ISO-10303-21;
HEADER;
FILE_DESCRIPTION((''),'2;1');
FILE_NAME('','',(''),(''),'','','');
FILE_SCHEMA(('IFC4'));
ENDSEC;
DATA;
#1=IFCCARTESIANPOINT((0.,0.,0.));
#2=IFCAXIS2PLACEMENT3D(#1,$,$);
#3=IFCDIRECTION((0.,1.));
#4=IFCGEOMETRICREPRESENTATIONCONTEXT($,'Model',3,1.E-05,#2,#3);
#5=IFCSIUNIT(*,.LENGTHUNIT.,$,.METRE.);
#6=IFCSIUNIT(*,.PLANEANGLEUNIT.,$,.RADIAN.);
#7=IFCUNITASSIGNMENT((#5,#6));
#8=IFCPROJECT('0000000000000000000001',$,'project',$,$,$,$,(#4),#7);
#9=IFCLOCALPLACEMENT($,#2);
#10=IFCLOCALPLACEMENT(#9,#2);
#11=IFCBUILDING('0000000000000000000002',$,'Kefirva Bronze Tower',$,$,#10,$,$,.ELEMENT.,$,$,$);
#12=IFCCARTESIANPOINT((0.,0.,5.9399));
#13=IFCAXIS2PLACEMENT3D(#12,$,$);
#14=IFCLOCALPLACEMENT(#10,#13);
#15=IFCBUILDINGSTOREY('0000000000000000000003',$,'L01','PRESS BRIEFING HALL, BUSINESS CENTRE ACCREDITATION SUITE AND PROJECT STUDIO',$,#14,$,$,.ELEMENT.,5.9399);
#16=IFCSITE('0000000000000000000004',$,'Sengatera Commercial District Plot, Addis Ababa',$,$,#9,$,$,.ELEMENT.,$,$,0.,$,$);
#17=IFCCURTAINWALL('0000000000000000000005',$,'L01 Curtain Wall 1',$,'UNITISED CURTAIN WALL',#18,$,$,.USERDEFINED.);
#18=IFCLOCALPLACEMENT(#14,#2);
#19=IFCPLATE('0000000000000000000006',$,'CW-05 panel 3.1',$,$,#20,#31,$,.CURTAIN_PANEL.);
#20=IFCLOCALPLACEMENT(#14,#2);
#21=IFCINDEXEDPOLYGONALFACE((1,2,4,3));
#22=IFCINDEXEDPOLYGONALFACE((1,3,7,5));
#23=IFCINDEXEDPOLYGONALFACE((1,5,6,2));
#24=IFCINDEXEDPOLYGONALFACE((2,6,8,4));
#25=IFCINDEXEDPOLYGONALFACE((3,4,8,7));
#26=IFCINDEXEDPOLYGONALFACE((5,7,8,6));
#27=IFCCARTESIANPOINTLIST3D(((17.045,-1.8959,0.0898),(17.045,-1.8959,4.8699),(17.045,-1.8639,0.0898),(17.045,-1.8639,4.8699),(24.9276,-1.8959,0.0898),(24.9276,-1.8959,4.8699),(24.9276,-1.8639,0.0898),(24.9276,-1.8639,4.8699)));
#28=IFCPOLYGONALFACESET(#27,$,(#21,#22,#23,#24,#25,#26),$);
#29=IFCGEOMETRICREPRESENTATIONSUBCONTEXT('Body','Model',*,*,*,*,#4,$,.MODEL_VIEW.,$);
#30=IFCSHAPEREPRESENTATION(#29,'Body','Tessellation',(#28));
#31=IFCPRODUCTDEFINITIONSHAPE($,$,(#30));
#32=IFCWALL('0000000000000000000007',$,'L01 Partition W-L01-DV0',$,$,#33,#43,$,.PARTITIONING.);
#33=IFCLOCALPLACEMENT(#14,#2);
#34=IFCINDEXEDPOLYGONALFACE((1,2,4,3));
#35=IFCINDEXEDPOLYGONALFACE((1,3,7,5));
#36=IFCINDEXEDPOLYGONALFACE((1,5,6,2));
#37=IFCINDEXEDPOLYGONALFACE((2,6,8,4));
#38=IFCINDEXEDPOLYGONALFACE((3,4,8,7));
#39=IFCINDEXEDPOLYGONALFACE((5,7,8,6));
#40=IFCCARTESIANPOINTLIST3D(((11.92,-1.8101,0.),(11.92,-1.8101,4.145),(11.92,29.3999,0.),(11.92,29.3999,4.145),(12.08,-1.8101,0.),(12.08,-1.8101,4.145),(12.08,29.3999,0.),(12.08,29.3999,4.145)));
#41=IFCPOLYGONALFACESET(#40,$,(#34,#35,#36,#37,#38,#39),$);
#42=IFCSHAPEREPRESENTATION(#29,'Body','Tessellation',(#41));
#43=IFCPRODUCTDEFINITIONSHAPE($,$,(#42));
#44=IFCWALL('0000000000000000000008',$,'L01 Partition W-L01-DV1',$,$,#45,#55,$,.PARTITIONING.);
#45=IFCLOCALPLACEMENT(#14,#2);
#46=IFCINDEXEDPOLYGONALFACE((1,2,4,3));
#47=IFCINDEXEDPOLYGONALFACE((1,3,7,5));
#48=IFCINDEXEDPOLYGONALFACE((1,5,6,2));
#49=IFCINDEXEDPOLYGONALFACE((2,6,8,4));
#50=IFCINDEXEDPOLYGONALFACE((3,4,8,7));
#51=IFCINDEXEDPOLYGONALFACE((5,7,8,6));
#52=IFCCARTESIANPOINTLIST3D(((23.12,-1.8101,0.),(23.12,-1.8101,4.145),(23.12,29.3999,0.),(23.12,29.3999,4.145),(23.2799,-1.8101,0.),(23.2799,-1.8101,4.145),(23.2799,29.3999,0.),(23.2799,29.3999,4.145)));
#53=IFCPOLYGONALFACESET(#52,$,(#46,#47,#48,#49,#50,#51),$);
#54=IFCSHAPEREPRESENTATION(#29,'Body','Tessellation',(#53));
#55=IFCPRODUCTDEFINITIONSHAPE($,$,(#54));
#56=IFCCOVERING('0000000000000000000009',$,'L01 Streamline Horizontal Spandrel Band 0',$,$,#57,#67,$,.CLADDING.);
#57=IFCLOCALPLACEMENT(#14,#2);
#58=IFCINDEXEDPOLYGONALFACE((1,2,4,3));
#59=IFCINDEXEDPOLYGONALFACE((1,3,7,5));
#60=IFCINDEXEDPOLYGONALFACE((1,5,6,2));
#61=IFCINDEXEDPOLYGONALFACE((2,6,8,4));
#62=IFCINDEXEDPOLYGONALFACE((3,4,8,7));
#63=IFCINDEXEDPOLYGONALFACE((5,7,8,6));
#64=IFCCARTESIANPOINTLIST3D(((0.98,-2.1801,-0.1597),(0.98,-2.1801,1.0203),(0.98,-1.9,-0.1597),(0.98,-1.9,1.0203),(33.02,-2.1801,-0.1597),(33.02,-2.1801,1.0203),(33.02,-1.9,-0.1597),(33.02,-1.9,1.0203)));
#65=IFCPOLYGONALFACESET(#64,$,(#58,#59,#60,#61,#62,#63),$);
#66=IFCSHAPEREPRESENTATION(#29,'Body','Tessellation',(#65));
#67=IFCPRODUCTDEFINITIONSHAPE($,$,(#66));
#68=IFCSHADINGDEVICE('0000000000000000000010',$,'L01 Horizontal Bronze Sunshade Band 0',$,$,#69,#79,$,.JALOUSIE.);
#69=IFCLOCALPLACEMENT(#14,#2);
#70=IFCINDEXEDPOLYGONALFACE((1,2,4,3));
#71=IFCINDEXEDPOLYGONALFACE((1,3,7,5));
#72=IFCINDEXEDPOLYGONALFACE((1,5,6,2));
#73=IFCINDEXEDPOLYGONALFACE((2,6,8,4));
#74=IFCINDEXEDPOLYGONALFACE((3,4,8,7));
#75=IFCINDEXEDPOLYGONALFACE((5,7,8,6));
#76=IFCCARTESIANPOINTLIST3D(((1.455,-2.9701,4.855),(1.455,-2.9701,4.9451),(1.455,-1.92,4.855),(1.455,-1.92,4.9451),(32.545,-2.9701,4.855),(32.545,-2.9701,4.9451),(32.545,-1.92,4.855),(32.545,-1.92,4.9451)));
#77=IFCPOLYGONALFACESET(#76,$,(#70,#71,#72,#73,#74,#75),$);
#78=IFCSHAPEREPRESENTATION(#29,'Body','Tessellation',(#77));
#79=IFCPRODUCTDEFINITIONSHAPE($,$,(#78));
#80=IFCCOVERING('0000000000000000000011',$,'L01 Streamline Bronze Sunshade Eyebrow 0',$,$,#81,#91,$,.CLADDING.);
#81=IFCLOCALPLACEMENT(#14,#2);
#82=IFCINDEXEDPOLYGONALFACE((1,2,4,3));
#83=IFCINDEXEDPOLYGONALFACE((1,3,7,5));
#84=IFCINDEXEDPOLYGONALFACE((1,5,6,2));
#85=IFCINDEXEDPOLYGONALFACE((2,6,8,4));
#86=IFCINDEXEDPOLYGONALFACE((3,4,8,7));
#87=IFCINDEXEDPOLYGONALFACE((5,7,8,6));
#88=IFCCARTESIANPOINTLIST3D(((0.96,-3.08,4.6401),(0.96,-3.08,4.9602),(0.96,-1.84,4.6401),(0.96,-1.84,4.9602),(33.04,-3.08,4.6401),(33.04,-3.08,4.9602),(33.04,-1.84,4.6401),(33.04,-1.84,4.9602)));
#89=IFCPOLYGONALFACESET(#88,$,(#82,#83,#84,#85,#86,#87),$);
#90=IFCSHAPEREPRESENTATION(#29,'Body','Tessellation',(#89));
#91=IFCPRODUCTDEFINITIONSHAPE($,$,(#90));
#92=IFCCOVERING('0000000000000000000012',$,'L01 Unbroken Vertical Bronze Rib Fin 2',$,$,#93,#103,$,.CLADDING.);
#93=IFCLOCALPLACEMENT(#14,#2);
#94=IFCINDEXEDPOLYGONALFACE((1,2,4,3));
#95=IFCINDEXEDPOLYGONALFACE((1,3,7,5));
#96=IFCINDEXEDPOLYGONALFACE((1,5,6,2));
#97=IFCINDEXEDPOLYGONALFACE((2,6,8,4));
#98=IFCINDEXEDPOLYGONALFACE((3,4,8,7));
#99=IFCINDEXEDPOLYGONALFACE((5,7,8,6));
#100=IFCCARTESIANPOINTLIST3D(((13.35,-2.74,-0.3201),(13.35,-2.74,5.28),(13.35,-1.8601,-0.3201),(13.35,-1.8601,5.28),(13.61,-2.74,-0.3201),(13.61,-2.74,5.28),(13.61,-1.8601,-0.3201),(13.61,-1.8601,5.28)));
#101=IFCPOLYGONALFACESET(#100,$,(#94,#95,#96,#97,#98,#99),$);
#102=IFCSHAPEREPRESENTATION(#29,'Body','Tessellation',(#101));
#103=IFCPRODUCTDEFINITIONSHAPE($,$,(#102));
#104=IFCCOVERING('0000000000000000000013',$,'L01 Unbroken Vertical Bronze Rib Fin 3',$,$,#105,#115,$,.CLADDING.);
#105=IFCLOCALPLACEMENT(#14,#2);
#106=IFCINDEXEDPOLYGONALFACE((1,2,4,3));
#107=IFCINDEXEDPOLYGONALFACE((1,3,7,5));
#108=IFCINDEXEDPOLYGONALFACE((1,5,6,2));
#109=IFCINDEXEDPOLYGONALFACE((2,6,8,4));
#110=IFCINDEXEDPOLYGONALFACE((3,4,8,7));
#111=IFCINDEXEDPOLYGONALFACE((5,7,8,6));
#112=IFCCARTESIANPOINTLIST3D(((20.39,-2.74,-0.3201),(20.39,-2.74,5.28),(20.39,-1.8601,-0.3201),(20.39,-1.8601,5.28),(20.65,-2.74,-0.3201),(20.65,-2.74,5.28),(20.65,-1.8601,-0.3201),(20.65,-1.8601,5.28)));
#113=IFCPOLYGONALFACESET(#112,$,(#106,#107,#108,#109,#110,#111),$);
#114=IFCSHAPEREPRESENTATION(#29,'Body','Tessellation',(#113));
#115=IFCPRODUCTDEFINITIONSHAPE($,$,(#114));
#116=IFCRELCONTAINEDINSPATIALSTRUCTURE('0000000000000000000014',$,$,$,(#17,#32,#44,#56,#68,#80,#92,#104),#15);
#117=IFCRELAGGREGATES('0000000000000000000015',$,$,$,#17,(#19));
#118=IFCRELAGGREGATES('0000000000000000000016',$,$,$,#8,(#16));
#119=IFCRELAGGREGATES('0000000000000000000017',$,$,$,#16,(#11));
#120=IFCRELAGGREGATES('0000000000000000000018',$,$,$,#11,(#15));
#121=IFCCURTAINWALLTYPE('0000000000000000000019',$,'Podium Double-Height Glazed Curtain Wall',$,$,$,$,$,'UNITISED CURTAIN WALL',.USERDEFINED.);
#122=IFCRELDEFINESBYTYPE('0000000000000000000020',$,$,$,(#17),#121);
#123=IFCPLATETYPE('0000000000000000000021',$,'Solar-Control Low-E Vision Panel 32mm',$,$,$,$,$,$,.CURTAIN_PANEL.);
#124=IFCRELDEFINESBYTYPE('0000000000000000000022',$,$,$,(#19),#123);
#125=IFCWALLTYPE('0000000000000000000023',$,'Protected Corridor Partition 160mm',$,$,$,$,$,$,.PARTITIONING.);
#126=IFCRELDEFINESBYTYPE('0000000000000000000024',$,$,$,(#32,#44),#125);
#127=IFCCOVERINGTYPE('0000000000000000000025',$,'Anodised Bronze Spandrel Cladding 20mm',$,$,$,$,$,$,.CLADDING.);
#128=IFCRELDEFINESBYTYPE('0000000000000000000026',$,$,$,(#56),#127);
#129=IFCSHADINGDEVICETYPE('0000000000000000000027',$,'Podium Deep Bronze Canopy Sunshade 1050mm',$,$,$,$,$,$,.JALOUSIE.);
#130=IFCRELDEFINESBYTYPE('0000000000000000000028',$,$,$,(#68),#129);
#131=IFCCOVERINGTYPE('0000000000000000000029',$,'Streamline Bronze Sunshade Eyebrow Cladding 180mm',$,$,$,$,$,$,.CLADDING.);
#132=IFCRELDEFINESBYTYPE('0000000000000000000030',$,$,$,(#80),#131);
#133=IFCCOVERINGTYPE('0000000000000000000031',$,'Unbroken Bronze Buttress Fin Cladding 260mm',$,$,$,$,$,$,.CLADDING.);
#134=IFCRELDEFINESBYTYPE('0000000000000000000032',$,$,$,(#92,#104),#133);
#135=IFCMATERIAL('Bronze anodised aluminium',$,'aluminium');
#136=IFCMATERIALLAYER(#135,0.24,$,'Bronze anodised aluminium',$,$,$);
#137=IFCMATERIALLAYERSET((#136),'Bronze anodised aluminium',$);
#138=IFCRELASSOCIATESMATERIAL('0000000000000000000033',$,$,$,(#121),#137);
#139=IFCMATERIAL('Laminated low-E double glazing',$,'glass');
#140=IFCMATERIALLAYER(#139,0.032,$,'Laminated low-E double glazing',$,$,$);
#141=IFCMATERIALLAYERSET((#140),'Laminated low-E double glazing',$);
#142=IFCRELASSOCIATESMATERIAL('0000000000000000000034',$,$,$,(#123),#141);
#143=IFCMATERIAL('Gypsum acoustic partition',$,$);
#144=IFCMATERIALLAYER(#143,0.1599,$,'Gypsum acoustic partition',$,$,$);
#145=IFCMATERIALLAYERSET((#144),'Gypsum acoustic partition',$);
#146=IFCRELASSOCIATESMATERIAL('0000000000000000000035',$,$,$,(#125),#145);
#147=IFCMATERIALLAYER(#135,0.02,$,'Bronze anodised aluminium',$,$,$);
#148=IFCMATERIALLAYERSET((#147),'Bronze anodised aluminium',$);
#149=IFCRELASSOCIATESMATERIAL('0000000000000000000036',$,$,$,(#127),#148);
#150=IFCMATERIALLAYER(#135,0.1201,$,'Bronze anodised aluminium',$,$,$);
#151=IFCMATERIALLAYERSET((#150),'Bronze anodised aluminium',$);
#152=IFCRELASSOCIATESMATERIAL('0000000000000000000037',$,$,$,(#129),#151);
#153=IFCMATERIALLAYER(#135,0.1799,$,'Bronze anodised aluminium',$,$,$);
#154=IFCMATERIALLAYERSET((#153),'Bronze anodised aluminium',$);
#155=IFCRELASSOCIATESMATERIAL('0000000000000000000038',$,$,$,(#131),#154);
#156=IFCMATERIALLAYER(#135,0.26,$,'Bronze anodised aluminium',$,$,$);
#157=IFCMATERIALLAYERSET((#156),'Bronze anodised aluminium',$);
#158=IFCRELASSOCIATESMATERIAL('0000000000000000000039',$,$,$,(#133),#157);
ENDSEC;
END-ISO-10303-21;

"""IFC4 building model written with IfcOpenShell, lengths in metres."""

from ifc_helpers import new_model, si_unit, direction, frame, frame_2d, origin, origin_2d, place, context, subcontext, project, spatial, rectangle, extrude, material, layer, layer_set, type_object, element, aggregate, save


model = new_model("IFC4")

# Units and contexts
model_context = context("Model", 3, precision=1e-05, world=origin(), true_north=direction((0.0, 1.0)))
body_context = subcontext(model_context, "Body", "Model", "MODEL_VIEW")
ifc_project = project(units=[si_unit("LENGTHUNIT", "METRE"), si_unit("PLANEANGLEUNIT", "RADIAN")], contexts=[model_context])

# Site, building, storey
site_placement = place(None, origin())
site = spatial("IfcSite", under=ifc_project, at=site_placement, Name="Sengatera Commercial District Plot, Addis Ababa", CompositionType="ELEMENT", RefElevation=0.0)
building_placement = place(site_placement, origin())
building = spatial("IfcBuilding", under=site, at=building_placement, Name="Kefirva Bronze Tower", CompositionType="ELEMENT")
storey_placement = place(building_placement, frame((0.0, 0.0, 5.9399)))
storey = spatial("IfcBuildingStorey", under=building, at=storey_placement, Name="L01", Description="PRESS BRIEFING HALL, BUSINESS CENTRE ACCREDITATION SUITE AND PROJECT STUDIO", CompositionType="ELEMENT", Elevation=5.9399)

# Curtain wall
ifc_material_1 = material(Name="Bronze anodised aluminium", Category="aluminium")
ifc_layer_1 = layer(ifc_material_1, 0.24, Name="Bronze anodised aluminium")
ifc_layer_set_1 = layer_set([ifc_layer_1], Name="Bronze anodised aluminium")
curtain_wall_type = type_object("IfcCurtainWallType", Name="Podium Double-Height Glazed Curtain Wall", ElementType="UNITISED CURTAIN WALL", PredefinedType="USERDEFINED", material=ifc_layer_set_1)
curtain_wall_placement = place(storey_placement, origin())
curtain_wall = element("IfcCurtainWall", 1, at=curtain_wall_placement, inside=storey, type_object=curtain_wall_type, Name="L01 Curtain Wall 1", ObjectType="UNITISED CURTAIN WALL", PredefinedType="USERDEFINED")

# Plate
ifc_material_2 = material(Name="Laminated low-E double glazing", Category="glass")
ifc_layer_2 = layer(ifc_material_2, 0.032, Name="Laminated low-E double glazing")
ifc_layer_set_2 = layer_set([ifc_layer_2], Name="Laminated low-E double glazing")
plate_type = type_object("IfcPlateType", Name="Solar-Control Low-E Vision Panel 32mm", PredefinedType="CURTAIN_PANEL", material=ifc_layer_set_2)
plate_1_placement = place(storey_placement, frame((20.9863, -1.8799, 0.0898), z_axis=(0.0, 0.0, 1.0), x_axis=(1.0, 0.0, 0.0)))
plate_1 = element("IfcPlate", 2, at=plate_1_placement, type_object=plate_type, Name="CW-05 panel 3.1", PredefinedType="CURTAIN_PANEL", context=body_context, shape_type="SweptSolid", body=[
    extrude(rectangle(XDim=7.8826, YDim=0.032, at=origin_2d()), origin(), (0.0, 0.0, 1.0), 4.78),
])
aggregate(curtain_wall, [plate_1])

# Walls
ifc_material_3 = material(Name="Gypsum acoustic partition")
ifc_layer_3 = layer(ifc_material_3, 0.1599, Name="Gypsum acoustic partition")
ifc_layer_set_3 = layer_set([ifc_layer_3], Name="Gypsum acoustic partition")
wall_type = type_object("IfcWallType", Name="Protected Corridor Partition 160mm", PredefinedType="PARTITIONING", material=ifc_layer_set_3)
for number, where, z_axis, x_axis, name in (
    (3, (12.0, -1.8101, 0.0), (0.0, 0.0, 1.0), (0.0, 1.0, 0.0), "L01 Partition W-L01-DV0"),
    (4, (23.2, -1.8101, 0.0), (0.0, 0.0, 1.0), (0.0, 1.0, 0.0), "L01 Partition W-L01-DV1"),
):
    element("IfcWall", number, at=place(storey_placement, frame(where, z_axis=z_axis, x_axis=x_axis)), inside=storey, type_object=wall_type, Name=name, PredefinedType="PARTITIONING", context=body_context, shape_type="SweptSolid", body=[
        extrude(rectangle(XDim=31.21, YDim=0.1599, at=frame_2d((15.605, 0.0))), origin(), (0.0, 0.0, 1.0), 4.145),
    ])

# Covering
ifc_layer_4 = layer(ifc_material_1, 0.02, Name="Bronze anodised aluminium")
ifc_layer_set_4 = layer_set([ifc_layer_4], Name="Bronze anodised aluminium")
covering_type_1 = type_object("IfcCoveringType", Name="Anodised Bronze Spandrel Cladding 20mm", PredefinedType="CLADDING", material=ifc_layer_set_4)
covering_1_placement = place(storey_placement, frame((17.0, -2.04, -0.1597), z_axis=(0.0, 0.0, 1.0), x_axis=(1.0, 0.0, 0.0)))
element("IfcCovering", 5, at=covering_1_placement, inside=storey, type_object=covering_type_1, Name="L01 Streamline Horizontal Spandrel Band 0", PredefinedType="CLADDING", context=body_context, shape_type="SweptSolid", body=[
    extrude(rectangle(XDim=32.04, YDim=0.28, at=origin_2d()), origin(), (0.0, 0.0, 1.0), 1.1799),
])

# Shading device
ifc_layer_5 = layer(ifc_material_1, 0.1201, Name="Bronze anodised aluminium")
ifc_layer_set_5 = layer_set([ifc_layer_5], Name="Bronze anodised aluminium")
shading_device_type = type_object("IfcShadingDeviceType", Name="Podium Deep Bronze Canopy Sunshade 1050mm", PredefinedType="JALOUSIE", material=ifc_layer_set_5)
shading_device_placement = place(storey_placement, frame((17.0, -2.4451, 4.855), z_axis=(0.0, 0.0, 1.0), x_axis=(1.0, 0.0, 0.0)))
element("IfcShadingDevice", 6, at=shading_device_placement, inside=storey, type_object=shading_device_type, Name="L01 Horizontal Bronze Sunshade Band 0", PredefinedType="JALOUSIE", context=body_context, shape_type="SweptSolid", body=[
    extrude(rectangle(XDim=31.0901, YDim=1.05, at=origin_2d()), origin(), (0.0, 0.0, 1.0), 0.0901),
])

# Coverings
ifc_layer_6 = layer(ifc_material_1, 0.1799, Name="Bronze anodised aluminium")
ifc_layer_set_6 = layer_set([ifc_layer_6], Name="Bronze anodised aluminium")
covering_type_2 = type_object("IfcCoveringType", Name="Streamline Bronze Sunshade Eyebrow Cladding 180mm", PredefinedType="CLADDING", material=ifc_layer_set_6)
covering_2_placement = place(storey_placement, frame((17.0, -2.46, 4.6401), z_axis=(0.0, 0.0, 1.0), x_axis=(1.0, 0.0, 0.0)))
element("IfcCovering", 7, at=covering_2_placement, inside=storey, type_object=covering_type_2, Name="L01 Streamline Bronze Sunshade Eyebrow 0", PredefinedType="CLADDING", context=body_context, shape_type="SweptSolid", body=[
    extrude(rectangle(XDim=32.0801, YDim=1.24, at=origin_2d()), origin(), (0.0, 0.0, 1.0), 0.3201),
])
ifc_layer_7 = layer(ifc_material_1, 0.26, Name="Bronze anodised aluminium")
ifc_layer_set_7 = layer_set([ifc_layer_7], Name="Bronze anodised aluminium")
covering_type_3 = type_object("IfcCoveringType", Name="Unbroken Bronze Buttress Fin Cladding 260mm", PredefinedType="CLADDING", material=ifc_layer_set_7)
for number, where, z_axis, x_axis, name in (
    (8, (13.48, -2.3, -0.3201), (0.0, 0.0, 1.0), (1.0, 0.0, 0.0), "L01 Unbroken Vertical Bronze Rib Fin 2"),
    (9, (20.52, -2.3, -0.3201), (0.0, 0.0, 1.0), (1.0, 0.0, 0.0), "L01 Unbroken Vertical Bronze Rib Fin 3"),
):
    element("IfcCovering", number, at=place(storey_placement, frame(where, z_axis=z_axis, x_axis=x_axis)), inside=storey, type_object=covering_type_3, Name=name, PredefinedType="CLADDING", context=body_context, shape_type="SweptSolid", body=[
        extrude(rectangle(XDim=0.26, YDim=0.8799, at=origin_2d()), origin(), (0.0, 0.0, 1.0), 5.6001),
    ])

save(model, "model.ifc")
